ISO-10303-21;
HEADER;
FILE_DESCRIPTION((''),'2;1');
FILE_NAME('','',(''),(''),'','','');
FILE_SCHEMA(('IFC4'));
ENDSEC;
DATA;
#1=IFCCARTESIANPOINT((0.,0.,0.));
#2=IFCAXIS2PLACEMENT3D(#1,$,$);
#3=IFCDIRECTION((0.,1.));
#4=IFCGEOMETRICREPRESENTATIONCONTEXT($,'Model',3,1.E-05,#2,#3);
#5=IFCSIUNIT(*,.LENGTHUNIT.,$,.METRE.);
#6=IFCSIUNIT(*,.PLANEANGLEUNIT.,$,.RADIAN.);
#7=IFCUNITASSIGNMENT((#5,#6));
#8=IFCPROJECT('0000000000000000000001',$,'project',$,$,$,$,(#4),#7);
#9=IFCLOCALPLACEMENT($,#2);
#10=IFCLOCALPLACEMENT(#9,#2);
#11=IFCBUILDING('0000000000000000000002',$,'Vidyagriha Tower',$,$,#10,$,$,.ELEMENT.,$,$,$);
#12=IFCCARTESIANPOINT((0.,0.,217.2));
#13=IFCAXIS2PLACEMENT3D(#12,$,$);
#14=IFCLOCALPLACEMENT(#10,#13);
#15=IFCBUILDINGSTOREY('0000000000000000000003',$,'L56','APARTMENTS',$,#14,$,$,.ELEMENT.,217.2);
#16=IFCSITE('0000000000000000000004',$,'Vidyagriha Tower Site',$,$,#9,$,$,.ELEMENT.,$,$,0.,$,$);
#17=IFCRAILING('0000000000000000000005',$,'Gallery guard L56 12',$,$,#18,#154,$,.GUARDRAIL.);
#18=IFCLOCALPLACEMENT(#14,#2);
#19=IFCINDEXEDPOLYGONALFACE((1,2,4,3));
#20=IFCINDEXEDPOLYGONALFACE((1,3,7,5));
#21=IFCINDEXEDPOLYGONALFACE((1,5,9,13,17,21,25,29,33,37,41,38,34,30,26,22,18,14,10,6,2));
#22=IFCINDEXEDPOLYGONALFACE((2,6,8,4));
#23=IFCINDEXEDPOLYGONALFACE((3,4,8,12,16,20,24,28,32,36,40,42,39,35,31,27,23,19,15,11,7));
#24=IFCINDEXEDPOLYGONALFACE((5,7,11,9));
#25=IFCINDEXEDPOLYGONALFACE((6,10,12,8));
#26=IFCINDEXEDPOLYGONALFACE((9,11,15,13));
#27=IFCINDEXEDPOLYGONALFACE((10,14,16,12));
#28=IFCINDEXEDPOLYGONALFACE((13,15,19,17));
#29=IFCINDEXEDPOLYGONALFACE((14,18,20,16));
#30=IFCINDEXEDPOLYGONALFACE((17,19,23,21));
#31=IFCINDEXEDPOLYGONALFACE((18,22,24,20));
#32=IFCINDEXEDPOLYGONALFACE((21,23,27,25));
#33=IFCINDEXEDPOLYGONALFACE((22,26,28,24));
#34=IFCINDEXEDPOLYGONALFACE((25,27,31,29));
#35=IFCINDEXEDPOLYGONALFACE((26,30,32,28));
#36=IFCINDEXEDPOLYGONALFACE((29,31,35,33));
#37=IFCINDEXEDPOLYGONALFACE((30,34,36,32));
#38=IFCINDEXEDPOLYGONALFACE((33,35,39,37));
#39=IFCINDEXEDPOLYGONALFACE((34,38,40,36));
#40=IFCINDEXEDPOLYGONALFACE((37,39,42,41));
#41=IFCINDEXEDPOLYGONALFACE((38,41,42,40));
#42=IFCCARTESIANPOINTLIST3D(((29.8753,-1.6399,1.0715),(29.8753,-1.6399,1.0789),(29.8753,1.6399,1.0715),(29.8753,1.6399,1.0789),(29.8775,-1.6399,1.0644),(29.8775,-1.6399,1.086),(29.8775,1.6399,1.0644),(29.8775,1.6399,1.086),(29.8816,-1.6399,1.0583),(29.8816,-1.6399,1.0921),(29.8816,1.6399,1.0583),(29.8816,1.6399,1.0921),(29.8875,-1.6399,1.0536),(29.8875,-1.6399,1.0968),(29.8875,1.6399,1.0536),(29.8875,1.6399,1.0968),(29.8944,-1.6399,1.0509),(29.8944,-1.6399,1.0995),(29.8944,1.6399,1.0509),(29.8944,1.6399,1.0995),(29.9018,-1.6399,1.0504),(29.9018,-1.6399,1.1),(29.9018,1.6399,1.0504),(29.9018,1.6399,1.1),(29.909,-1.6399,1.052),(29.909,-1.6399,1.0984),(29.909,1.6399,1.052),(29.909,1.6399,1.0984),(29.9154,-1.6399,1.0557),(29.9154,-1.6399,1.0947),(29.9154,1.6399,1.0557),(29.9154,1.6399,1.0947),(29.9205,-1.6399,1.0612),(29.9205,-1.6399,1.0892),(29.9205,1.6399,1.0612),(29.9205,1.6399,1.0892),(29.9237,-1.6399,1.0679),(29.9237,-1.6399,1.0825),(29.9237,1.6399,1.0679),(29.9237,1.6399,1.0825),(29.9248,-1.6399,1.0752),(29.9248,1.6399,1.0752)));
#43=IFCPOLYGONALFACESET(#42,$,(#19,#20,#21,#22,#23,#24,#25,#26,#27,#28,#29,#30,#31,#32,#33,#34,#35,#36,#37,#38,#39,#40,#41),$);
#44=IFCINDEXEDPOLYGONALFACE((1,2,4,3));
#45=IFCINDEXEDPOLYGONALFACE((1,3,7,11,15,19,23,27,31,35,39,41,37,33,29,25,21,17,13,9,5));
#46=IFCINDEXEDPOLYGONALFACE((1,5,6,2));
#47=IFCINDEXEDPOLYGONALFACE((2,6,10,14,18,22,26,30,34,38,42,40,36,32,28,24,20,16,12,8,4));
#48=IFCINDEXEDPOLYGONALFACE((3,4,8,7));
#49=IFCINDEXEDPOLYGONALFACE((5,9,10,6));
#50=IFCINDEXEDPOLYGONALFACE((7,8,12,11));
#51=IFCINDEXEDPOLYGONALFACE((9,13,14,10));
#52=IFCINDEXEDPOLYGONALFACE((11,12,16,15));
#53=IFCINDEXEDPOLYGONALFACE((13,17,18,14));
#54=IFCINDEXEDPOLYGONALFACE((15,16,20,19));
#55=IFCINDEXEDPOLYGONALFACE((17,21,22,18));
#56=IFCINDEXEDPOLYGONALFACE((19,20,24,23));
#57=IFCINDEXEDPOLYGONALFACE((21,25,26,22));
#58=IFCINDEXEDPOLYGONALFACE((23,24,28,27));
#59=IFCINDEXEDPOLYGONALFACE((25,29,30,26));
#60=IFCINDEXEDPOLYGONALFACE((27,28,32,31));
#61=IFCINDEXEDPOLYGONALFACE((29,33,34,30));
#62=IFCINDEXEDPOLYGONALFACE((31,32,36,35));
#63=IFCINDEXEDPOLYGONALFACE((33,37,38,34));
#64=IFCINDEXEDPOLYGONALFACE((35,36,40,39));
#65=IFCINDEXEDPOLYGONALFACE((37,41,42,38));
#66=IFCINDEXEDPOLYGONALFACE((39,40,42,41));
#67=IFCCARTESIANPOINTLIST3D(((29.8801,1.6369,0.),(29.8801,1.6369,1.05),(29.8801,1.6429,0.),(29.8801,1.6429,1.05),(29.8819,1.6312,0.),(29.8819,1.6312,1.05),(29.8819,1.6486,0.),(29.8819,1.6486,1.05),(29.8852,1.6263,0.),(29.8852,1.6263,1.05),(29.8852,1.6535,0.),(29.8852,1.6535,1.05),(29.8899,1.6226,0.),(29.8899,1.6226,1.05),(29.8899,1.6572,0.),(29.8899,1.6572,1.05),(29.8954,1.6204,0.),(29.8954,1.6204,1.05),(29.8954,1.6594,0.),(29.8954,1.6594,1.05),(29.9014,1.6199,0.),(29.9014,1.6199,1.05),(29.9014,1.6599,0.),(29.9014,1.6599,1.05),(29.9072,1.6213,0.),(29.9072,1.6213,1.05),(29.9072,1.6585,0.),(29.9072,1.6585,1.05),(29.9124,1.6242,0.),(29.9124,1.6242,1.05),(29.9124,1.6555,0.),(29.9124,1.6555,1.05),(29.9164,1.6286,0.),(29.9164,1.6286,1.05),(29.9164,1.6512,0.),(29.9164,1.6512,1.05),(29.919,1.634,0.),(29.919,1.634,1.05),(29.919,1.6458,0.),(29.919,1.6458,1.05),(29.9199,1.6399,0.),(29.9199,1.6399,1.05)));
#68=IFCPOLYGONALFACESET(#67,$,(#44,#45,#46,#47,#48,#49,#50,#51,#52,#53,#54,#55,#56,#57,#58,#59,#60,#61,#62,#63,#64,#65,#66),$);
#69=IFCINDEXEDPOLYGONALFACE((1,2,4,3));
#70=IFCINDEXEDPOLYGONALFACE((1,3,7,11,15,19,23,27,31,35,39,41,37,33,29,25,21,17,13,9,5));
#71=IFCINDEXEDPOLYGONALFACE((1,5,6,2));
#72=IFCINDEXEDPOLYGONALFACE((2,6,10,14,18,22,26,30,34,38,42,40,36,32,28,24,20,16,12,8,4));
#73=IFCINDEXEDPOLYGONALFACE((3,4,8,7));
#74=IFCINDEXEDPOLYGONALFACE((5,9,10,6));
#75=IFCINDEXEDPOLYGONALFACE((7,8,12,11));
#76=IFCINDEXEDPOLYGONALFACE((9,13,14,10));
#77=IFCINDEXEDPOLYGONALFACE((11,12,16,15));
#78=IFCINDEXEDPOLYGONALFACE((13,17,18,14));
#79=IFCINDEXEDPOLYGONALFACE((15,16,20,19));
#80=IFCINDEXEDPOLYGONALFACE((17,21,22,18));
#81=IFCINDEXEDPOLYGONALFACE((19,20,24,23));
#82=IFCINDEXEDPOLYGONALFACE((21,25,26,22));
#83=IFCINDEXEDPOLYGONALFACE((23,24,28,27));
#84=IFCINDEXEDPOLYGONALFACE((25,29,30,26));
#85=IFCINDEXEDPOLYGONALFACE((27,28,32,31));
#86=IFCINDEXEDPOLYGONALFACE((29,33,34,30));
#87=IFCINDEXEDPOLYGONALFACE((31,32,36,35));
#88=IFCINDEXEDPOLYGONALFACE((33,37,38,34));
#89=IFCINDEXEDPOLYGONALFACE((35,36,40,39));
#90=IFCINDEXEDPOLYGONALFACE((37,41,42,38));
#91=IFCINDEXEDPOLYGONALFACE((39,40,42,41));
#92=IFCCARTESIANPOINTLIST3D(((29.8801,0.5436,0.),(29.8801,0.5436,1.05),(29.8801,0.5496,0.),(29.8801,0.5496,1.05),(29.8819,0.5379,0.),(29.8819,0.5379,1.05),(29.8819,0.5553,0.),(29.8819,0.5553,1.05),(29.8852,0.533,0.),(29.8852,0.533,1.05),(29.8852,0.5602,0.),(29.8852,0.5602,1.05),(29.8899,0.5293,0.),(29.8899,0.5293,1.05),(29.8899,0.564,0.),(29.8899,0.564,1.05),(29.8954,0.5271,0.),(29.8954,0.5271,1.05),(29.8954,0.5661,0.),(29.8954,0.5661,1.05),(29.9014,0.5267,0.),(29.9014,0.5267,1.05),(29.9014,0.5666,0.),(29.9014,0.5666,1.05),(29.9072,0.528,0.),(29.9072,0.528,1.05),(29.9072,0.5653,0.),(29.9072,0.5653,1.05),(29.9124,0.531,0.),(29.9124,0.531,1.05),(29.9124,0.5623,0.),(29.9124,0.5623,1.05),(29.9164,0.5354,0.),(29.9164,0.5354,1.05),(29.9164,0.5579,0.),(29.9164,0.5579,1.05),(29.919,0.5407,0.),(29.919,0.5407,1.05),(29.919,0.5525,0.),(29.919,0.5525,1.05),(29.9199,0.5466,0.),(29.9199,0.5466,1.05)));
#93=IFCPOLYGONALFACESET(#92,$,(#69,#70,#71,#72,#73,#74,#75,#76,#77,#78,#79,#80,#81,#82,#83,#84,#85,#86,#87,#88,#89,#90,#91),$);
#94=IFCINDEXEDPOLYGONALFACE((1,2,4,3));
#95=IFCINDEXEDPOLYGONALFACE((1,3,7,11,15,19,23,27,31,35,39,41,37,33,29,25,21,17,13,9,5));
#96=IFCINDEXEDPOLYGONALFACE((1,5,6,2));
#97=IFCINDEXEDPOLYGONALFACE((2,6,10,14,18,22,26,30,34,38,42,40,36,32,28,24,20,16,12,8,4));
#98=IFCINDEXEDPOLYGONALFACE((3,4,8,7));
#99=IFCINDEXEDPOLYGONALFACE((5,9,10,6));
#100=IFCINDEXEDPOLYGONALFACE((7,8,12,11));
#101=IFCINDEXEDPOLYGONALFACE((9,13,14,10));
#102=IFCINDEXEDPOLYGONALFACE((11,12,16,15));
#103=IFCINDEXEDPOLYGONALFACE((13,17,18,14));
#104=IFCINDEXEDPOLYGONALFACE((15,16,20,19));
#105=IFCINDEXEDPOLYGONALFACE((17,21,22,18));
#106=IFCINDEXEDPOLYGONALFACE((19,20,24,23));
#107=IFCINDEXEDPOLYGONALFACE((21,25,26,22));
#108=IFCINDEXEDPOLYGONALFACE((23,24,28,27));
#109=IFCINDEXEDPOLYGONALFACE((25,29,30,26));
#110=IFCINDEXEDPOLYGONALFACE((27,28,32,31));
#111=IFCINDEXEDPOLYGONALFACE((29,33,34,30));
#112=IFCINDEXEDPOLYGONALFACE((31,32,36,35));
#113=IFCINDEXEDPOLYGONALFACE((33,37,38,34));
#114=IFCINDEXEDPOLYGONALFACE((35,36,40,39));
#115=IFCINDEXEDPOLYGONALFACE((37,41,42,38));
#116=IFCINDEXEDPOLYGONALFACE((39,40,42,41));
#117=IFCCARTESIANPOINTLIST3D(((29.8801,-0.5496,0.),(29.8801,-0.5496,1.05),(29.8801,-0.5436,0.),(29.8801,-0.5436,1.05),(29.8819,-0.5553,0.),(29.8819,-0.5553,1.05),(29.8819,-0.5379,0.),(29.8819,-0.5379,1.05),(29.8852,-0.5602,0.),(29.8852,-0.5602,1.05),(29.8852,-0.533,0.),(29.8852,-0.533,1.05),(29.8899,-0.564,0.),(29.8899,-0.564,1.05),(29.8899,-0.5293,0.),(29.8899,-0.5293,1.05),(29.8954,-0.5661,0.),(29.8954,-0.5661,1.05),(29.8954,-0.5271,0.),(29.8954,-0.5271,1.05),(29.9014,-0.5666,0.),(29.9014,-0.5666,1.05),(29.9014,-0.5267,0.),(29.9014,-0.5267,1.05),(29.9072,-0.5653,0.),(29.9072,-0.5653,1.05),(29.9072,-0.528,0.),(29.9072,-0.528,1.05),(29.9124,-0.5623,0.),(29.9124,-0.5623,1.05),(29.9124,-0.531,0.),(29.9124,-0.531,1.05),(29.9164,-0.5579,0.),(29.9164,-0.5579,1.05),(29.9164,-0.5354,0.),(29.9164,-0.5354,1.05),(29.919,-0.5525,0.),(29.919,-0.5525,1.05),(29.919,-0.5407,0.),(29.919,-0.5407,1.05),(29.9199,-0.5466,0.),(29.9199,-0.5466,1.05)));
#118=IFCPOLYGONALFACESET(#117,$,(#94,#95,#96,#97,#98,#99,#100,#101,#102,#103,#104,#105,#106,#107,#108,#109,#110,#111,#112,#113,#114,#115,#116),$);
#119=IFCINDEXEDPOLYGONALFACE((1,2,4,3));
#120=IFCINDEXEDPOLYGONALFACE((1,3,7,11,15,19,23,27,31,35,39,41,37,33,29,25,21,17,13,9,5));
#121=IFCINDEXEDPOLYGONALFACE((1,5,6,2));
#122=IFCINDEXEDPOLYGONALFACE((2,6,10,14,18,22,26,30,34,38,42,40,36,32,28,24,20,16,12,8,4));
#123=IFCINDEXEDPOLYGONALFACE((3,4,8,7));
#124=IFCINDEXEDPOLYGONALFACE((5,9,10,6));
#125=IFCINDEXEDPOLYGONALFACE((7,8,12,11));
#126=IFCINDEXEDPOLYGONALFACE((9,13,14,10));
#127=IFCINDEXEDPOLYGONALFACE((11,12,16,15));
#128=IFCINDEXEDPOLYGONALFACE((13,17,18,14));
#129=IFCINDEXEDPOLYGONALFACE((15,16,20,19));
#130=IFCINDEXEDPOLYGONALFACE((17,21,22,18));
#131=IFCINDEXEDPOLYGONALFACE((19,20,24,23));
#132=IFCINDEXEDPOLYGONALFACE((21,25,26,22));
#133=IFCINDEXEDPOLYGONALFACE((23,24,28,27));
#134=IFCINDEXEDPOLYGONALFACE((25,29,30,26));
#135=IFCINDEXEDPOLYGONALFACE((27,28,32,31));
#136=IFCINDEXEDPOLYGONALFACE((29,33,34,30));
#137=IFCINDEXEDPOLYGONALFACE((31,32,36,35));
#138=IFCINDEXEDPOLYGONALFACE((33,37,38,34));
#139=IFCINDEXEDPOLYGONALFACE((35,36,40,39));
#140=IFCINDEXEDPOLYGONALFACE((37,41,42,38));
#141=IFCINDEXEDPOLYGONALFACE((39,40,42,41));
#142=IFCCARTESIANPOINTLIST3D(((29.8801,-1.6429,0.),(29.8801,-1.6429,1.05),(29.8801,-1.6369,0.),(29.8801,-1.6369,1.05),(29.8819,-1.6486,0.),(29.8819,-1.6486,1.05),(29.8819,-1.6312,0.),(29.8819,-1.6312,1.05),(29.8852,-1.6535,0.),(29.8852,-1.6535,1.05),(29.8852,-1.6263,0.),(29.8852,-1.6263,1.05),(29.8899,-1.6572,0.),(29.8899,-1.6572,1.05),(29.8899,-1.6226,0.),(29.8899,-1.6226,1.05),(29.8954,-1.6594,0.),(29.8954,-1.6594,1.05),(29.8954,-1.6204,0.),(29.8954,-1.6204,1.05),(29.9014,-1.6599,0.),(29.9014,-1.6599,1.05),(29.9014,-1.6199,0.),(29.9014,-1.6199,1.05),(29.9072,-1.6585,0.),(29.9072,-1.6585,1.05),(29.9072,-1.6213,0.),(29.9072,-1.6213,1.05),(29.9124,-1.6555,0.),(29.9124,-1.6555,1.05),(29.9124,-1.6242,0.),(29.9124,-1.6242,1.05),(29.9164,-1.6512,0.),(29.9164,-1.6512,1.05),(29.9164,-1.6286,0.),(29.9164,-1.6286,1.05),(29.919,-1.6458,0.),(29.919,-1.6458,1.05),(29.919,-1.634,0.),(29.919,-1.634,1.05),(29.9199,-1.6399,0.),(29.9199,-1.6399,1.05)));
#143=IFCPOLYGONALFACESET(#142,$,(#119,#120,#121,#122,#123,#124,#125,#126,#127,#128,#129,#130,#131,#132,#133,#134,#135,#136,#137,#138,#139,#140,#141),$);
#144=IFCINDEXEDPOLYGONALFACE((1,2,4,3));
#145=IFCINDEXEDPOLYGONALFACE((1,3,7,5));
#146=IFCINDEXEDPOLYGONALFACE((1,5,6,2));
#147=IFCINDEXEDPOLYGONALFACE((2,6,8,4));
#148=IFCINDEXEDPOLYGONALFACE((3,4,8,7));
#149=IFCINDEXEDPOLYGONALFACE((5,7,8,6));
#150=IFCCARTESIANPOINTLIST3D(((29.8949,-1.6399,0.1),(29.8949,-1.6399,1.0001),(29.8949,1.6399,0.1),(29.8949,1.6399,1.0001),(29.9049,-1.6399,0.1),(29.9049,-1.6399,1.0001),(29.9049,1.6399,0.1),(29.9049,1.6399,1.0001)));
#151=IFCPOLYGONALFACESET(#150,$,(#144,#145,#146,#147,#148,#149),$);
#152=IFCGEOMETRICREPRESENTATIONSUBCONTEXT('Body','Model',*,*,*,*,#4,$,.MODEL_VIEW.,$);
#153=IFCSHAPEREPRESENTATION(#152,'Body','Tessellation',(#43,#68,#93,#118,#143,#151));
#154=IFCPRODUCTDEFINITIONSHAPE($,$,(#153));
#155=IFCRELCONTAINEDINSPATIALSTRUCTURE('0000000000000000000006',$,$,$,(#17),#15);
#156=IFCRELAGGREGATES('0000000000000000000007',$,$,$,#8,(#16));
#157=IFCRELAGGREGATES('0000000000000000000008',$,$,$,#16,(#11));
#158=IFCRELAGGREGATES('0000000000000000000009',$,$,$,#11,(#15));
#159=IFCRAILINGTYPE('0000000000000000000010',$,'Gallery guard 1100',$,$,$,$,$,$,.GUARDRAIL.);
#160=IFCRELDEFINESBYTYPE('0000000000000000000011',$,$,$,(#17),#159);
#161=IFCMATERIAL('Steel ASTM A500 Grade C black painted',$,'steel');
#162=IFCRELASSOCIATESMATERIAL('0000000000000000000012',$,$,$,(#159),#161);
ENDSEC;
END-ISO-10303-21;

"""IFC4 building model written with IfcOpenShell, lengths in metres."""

from ifc_helpers import new_model, si_unit, direction, frame, origin, origin_2d, place, context, subcontext, project, spatial, rectangle, circle, extrude, material, type_object, element, save


model = new_model("IFC4")

# Units and contexts
model_context = context("Model", 3, precision=1e-05, world=origin(), true_north=direction((0.0, 1.0)))
body_context = subcontext(model_context, "Body", "Model", "MODEL_VIEW")
ifc_project = project(units=[si_unit("LENGTHUNIT", "METRE"), si_unit("PLANEANGLEUNIT", "RADIAN")], contexts=[model_context])

# Site, building, storey
site_placement = place(None, origin())
site = spatial("IfcSite", under=ifc_project, at=site_placement, Name="Vidyagriha Tower Site", CompositionType="ELEMENT", RefElevation=0.0)
building_placement = place(site_placement, origin())
building = spatial("IfcBuilding", under=site, at=building_placement, Name="Vidyagriha Tower", CompositionType="ELEMENT")
storey_placement = place(building_placement, frame((0.0, 0.0, 217.2)))
storey = spatial("IfcBuildingStorey", under=building, at=storey_placement, Name="L56", Description="APARTMENTS", CompositionType="ELEMENT", Elevation=217.2)

# Railing
ifc_material_1 = material(Name="Steel ASTM A500 Grade C black painted", Category="steel")
railing_type_1 = type_object("IfcRailingType", Name="Gallery guard 1100", PredefinedType="GUARDRAIL", material=ifc_material_1)
railing_1_placement = place(storey_placement, frame((29.8999, 1.6399, 0.0)))
element("IfcRailing", 1, at=railing_1_placement, inside=storey, type_object=railing_type_1, Name="Gallery guard L56 12", PredefinedType="GUARDRAIL", context=body_context, shape_type="SweptSolid", body=[
    extrude(circle(Radius=0.0249, at=origin_2d()), frame((0.0, 0.0, 1.0752), z_axis=(0.0, -1.0, 0.0), x_axis=(1.0, 0.0, 0.0)), (0.0, 0.0, 1.0), 3.2798),
    extrude(circle(Radius=0.02, at=origin_2d()), origin(), (0.0, 0.0, 1.0), 1.05),
    extrude(circle(Radius=0.02, at=origin_2d()), frame((0.0, -1.0933, 0.0)), (0.0, 0.0, 1.0), 1.05),
    extrude(circle(Radius=0.02, at=origin_2d()), frame((0.0, -2.1865, 0.0)), (0.0, 0.0, 1.0), 1.05),
    extrude(circle(Radius=0.02, at=origin_2d()), frame((0.0, -3.2798, 0.0)), (0.0, 0.0, 1.0), 1.05),
    extrude(rectangle(XDim=0.01, YDim=0.9001, at=origin_2d()), frame((0.0, 0.0, 0.55), z_axis=(0.0, -1.0, 0.0), x_axis=(1.0, 0.0, 0.0)), (0.0, 0.0, 1.0), 3.2798),
])

save(model, "model.ifc")
